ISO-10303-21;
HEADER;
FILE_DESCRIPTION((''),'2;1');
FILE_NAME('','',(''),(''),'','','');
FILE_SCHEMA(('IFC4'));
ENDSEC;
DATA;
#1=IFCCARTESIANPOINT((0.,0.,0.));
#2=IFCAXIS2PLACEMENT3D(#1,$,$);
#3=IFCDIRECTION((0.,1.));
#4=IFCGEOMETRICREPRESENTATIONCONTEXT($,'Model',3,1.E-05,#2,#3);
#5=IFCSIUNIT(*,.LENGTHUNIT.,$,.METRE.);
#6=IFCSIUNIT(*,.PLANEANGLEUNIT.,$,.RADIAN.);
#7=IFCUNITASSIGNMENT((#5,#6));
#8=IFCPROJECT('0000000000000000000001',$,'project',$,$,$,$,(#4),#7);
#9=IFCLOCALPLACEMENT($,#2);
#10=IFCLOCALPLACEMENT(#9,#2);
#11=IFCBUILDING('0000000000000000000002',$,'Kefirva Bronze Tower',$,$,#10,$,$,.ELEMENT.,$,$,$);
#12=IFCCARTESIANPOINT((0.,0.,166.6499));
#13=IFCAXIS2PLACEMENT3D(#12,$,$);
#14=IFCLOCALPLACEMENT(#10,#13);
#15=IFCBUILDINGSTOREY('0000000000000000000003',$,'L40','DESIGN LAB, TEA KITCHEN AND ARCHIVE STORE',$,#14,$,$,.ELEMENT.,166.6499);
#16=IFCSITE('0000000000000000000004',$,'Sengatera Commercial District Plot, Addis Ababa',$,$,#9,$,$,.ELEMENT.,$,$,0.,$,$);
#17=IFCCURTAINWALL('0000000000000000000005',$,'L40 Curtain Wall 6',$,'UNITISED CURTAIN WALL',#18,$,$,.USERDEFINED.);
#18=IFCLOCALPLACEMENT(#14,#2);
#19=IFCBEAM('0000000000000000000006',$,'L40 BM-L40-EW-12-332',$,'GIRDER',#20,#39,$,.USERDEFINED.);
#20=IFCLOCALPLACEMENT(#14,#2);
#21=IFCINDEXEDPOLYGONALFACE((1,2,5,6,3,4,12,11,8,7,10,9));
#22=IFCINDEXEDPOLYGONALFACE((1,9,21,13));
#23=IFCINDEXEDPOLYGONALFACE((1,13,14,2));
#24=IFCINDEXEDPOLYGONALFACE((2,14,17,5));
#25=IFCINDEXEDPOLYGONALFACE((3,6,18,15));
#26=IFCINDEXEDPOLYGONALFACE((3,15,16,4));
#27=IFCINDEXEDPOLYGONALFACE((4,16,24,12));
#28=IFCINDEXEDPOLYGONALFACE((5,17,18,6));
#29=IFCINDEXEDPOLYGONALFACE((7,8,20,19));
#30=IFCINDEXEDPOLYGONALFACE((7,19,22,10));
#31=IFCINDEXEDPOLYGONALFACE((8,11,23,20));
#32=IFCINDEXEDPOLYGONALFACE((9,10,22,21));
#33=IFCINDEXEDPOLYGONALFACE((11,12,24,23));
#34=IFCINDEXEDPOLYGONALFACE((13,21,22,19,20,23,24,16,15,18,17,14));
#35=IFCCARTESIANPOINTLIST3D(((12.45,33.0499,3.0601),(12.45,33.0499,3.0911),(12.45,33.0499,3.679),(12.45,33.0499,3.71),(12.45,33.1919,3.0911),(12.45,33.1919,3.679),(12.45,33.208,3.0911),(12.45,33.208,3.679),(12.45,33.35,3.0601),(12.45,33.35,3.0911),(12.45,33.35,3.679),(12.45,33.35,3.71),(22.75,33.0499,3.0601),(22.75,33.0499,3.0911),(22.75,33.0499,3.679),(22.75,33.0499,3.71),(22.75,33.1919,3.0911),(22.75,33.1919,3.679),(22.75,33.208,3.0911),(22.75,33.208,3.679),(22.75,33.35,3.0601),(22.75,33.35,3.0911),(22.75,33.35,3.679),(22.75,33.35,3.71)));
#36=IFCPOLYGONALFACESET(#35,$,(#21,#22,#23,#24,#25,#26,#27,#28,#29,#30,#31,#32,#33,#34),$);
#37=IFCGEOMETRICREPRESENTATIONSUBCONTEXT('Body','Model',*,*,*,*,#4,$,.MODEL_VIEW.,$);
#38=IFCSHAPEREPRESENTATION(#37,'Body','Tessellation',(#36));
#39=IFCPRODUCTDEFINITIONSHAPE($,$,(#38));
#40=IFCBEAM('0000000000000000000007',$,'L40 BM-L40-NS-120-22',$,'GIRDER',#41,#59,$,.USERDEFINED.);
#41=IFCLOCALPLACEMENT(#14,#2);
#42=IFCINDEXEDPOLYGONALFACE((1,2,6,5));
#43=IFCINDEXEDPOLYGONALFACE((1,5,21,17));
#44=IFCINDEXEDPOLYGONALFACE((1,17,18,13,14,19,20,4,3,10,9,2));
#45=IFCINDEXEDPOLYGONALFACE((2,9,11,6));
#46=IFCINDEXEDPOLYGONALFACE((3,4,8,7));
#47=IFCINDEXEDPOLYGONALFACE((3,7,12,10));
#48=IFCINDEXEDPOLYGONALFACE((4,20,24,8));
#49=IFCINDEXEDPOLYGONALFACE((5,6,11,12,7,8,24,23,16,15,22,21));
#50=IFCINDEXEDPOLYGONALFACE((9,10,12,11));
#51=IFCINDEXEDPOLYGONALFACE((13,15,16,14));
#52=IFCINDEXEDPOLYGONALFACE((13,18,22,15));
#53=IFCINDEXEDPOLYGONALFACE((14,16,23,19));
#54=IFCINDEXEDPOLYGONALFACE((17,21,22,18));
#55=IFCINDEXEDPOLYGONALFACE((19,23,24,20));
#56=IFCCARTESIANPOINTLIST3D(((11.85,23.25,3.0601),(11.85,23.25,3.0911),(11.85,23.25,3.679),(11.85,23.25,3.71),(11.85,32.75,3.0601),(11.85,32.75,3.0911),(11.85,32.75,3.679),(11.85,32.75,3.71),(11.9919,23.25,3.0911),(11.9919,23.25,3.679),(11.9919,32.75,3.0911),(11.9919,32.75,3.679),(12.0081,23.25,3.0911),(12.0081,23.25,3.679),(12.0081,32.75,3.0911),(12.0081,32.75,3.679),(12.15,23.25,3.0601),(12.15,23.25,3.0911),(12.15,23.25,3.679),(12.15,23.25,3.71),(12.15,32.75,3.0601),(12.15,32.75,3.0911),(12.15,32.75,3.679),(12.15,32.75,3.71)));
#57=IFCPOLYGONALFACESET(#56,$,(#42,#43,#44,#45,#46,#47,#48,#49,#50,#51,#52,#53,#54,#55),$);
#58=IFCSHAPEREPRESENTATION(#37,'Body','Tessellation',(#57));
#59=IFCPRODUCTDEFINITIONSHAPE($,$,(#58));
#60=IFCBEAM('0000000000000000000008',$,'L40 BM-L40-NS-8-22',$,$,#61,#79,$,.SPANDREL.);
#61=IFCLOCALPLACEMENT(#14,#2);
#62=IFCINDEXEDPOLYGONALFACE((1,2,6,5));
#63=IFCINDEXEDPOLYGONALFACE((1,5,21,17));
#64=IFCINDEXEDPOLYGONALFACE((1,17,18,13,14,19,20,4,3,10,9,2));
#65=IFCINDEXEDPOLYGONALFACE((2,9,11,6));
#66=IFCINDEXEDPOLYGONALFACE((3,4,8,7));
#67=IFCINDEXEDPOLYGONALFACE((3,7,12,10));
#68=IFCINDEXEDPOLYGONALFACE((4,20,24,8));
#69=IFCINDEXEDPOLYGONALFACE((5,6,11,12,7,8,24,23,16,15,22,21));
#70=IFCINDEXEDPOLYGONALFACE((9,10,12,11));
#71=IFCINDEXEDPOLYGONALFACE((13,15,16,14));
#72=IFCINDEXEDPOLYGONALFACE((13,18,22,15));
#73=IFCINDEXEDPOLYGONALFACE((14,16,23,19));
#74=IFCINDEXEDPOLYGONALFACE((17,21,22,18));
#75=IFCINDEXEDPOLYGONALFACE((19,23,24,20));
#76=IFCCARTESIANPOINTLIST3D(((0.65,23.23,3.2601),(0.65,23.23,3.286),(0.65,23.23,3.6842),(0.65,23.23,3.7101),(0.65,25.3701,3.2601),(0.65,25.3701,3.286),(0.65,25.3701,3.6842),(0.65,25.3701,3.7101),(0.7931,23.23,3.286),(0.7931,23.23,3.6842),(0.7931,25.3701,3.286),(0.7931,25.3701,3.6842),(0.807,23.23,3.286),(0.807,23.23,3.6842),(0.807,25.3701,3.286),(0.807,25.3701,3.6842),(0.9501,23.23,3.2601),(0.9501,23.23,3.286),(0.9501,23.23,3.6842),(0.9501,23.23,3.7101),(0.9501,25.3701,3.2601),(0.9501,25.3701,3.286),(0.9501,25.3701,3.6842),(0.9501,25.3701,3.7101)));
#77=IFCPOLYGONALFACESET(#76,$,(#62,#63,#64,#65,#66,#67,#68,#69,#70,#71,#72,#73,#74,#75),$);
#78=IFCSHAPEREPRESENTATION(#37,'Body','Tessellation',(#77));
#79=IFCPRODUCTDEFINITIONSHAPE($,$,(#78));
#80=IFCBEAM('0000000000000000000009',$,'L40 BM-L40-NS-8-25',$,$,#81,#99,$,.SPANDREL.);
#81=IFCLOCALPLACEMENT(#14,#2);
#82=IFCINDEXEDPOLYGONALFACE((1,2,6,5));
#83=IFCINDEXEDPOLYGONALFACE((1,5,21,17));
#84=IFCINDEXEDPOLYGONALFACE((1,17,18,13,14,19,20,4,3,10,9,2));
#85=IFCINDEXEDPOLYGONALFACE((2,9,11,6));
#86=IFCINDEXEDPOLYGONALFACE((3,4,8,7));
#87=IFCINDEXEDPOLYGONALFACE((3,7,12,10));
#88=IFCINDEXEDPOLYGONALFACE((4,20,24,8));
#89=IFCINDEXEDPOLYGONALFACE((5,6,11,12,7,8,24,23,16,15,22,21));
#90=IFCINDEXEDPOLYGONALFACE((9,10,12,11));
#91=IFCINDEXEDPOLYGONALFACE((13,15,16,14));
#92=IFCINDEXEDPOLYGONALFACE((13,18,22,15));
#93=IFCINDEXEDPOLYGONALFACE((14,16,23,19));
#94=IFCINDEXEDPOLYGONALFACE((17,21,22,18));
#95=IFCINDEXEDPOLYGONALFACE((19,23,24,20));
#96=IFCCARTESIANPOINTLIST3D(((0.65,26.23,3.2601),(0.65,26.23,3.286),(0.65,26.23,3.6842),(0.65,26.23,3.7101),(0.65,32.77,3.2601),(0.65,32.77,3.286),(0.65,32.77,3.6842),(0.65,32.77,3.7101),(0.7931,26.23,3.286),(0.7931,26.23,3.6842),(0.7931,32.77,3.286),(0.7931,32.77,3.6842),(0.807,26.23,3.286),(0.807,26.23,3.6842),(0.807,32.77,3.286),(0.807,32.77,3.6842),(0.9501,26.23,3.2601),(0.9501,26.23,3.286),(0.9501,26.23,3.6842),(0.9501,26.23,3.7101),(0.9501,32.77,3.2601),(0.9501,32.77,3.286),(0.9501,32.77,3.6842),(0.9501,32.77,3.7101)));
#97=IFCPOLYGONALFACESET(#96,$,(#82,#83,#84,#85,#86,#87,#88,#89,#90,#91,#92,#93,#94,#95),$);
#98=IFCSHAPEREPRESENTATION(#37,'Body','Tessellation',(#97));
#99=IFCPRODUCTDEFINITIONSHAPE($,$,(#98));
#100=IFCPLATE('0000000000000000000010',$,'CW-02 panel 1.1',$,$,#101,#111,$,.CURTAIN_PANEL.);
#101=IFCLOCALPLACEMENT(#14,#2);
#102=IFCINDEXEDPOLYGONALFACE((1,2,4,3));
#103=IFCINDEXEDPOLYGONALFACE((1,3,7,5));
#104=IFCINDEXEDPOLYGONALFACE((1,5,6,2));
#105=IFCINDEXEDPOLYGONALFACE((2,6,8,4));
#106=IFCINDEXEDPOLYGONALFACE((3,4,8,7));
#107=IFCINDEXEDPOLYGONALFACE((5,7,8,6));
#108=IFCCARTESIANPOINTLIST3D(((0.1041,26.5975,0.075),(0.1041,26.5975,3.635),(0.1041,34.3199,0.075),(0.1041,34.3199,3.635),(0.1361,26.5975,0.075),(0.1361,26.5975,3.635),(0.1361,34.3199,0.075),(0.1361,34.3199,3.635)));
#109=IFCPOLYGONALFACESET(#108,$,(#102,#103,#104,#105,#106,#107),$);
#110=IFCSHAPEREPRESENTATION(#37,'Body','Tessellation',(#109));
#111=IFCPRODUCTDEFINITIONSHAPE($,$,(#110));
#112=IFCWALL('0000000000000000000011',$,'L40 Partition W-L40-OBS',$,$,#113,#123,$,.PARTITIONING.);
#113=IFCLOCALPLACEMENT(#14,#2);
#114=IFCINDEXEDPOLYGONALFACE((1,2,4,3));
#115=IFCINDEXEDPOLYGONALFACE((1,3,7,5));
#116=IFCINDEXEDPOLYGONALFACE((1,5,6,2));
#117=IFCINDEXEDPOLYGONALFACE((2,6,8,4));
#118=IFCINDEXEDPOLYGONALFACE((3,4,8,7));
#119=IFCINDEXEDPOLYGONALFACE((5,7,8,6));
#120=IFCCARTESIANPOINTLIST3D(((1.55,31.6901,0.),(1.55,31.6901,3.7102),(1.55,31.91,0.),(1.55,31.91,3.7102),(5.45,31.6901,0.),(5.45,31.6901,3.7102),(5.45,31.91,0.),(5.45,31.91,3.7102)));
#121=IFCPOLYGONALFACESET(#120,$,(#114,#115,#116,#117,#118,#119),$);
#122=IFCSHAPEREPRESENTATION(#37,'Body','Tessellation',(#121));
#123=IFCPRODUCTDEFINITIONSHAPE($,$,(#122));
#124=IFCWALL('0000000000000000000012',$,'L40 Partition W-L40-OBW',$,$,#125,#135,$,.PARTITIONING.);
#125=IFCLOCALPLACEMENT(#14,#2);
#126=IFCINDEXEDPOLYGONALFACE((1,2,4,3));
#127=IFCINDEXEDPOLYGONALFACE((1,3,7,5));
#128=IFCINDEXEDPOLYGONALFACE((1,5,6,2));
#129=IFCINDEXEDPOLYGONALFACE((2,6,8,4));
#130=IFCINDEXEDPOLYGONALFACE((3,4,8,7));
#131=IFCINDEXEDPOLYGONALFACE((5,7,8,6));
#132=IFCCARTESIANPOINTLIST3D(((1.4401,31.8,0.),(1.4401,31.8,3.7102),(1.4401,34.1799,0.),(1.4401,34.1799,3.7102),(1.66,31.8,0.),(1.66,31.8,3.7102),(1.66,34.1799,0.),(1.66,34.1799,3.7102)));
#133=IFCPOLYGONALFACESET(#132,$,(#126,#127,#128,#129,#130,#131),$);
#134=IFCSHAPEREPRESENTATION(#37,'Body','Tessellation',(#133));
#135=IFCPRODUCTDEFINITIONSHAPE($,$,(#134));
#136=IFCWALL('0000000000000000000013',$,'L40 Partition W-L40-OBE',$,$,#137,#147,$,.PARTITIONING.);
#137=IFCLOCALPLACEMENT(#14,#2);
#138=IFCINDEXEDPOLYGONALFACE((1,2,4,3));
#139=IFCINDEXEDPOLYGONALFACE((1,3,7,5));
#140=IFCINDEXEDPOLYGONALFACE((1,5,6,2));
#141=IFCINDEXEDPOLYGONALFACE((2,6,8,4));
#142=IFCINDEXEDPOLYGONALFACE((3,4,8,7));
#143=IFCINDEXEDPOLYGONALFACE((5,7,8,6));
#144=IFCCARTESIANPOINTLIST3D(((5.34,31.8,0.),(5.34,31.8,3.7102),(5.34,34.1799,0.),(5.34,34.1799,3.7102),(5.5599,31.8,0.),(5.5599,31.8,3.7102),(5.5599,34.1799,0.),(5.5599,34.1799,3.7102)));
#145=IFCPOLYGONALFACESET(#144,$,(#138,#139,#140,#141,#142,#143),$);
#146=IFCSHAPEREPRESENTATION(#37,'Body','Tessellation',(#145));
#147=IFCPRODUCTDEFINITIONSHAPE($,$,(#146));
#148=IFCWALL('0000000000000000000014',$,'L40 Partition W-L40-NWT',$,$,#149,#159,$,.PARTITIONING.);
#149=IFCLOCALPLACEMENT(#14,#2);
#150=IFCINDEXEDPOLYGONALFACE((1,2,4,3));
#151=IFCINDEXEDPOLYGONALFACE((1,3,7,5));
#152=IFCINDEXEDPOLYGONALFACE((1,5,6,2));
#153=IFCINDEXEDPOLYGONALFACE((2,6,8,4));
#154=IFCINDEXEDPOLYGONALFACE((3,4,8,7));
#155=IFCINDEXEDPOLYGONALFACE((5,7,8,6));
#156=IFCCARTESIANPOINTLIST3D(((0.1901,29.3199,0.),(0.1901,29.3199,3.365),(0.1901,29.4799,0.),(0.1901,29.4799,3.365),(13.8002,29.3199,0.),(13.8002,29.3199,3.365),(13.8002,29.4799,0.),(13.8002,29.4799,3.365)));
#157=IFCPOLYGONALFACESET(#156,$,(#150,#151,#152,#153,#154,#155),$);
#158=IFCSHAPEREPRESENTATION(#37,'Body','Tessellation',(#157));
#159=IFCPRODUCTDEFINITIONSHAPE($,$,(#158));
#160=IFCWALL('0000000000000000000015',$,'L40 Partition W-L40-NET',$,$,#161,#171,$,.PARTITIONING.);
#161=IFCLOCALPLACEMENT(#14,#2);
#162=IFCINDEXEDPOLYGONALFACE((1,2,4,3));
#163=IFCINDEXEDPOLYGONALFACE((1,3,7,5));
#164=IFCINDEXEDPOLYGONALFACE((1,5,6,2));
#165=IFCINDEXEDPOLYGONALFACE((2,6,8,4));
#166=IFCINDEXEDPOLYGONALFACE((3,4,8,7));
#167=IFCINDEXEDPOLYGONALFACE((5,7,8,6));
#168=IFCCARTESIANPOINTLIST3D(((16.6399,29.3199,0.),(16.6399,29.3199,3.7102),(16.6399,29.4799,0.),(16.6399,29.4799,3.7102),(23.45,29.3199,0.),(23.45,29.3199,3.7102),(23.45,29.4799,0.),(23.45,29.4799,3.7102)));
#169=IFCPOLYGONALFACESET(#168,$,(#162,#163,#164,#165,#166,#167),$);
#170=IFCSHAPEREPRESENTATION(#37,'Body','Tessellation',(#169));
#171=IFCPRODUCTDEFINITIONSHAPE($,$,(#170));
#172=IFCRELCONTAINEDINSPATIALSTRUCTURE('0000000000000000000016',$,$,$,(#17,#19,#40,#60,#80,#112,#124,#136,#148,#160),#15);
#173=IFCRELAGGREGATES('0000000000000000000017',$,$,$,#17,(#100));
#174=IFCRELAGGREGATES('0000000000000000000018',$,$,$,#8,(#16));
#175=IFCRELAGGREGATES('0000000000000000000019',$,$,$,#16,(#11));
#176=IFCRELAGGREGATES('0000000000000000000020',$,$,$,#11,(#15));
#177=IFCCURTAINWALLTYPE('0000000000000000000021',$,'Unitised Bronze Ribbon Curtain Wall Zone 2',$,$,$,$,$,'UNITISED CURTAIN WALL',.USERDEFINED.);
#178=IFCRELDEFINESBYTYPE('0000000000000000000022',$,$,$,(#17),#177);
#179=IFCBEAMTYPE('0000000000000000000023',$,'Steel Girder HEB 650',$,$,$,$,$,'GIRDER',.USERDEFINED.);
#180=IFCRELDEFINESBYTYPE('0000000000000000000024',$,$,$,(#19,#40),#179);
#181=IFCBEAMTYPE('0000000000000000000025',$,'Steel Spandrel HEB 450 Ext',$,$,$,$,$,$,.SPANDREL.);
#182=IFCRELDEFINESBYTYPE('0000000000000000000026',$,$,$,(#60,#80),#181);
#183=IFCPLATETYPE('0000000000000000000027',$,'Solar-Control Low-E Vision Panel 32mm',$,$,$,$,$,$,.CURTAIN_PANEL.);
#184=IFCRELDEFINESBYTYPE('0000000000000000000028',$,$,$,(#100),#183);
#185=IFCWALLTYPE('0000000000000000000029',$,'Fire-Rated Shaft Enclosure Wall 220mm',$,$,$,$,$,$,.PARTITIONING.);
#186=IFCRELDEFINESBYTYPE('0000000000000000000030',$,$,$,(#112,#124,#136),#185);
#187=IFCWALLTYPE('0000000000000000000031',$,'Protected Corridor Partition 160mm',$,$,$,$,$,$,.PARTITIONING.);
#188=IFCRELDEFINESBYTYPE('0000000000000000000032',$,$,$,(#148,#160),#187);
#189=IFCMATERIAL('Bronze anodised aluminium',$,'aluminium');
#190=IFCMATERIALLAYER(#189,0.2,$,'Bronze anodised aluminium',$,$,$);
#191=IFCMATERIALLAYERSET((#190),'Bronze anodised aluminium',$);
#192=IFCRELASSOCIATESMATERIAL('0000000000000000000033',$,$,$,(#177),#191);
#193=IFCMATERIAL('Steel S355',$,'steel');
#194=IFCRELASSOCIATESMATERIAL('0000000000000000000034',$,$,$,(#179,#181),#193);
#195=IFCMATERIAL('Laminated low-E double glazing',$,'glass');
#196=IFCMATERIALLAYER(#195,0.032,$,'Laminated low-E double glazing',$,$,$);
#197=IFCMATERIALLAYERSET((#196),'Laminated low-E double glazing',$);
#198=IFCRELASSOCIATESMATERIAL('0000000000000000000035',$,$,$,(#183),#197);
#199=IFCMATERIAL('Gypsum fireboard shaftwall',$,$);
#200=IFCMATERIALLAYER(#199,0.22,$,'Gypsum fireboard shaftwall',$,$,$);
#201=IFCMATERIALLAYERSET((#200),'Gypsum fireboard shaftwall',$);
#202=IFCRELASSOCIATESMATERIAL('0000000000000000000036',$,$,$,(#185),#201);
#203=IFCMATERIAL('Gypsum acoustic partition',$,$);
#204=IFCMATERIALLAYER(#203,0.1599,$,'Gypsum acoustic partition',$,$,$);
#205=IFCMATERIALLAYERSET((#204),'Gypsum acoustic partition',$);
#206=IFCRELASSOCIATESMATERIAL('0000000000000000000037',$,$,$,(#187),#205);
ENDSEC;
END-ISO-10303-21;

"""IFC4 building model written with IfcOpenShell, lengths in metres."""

from ifc_helpers import new_model, si_unit, direction, frame, frame_2d, origin, origin_2d, place, context, subcontext, project, spatial, rectangle, i_section, extrude, material, layer, layer_set, material_profile, profile_set, type_object, element, aggregate, save


model = new_model("IFC4")

# Units and contexts
model_context = context("Model", 3, precision=1e-05, world=origin(), true_north=direction((0.0, 1.0)))
body_context = subcontext(model_context, "Body", "Model", "MODEL_VIEW")
ifc_project = project(units=[si_unit("LENGTHUNIT", "METRE"), si_unit("PLANEANGLEUNIT", "RADIAN")], contexts=[model_context])

# Site, building, storey
site_placement = place(None, origin())
site = spatial("IfcSite", under=ifc_project, at=site_placement, Name="Sengatera Commercial District Plot, Addis Ababa", CompositionType="ELEMENT", RefElevation=0.0)
building_placement = place(site_placement, origin())
building = spatial("IfcBuilding", under=site, at=building_placement, Name="Kefirva Bronze Tower", CompositionType="ELEMENT")
storey_placement = place(building_placement, frame((0.0, 0.0, 166.6499)))
storey = spatial("IfcBuildingStorey", under=building, at=storey_placement, Name="L40", Description="DESIGN LAB, TEA KITCHEN AND ARCHIVE STORE", CompositionType="ELEMENT", Elevation=166.6499)

# Curtain wall
ifc_material_1 = material(Name="Bronze anodised aluminium", Category="aluminium")
ifc_layer_1 = layer(ifc_material_1, 0.2, Name="Bronze anodised aluminium")
ifc_layer_set_1 = layer_set([ifc_layer_1], Name="Bronze anodised aluminium")
curtain_wall_type = type_object("IfcCurtainWallType", Name="Unitised Bronze Ribbon Curtain Wall Zone 2", ElementType="UNITISED CURTAIN WALL", PredefinedType="USERDEFINED", material=ifc_layer_set_1)
curtain_wall_placement = place(storey_placement, origin())
curtain_wall = element("IfcCurtainWall", 1, at=curtain_wall_placement, inside=storey, type_object=curtain_wall_type, Name="L40 Curtain Wall 6", ObjectType="UNITISED CURTAIN WALL", PredefinedType="USERDEFINED")

# Beams
ifc_material_2 = material(Name="Steel S355", Category="steel")
ifc_material_profile_1 = material_profile(ifc_material_2, i_section(OverallWidth=0.3, OverallDepth=0.6499, WebThickness=0.0161, FlangeThickness=0.031, at=origin_2d()), Name="HEB 650")
ifc_profile_set_1 = profile_set([ifc_material_profile_1], Name="Steel S355")
beam_type_1 = type_object("IfcBeamType", Name="Steel Girder HEB 650", ElementType="GIRDER", PredefinedType="USERDEFINED", material=ifc_profile_set_1)
beam_1_placement = place(storey_placement, frame((12.45, 33.2, 3.385), z_axis=(1.0, 0.0, 0.0), x_axis=(0.0, 1.0, 0.0)))
element("IfcBeam", 2, at=beam_1_placement, inside=storey, type_object=beam_type_1, Name="L40 BM-L40-EW-12-332", ObjectType="GIRDER", PredefinedType="USERDEFINED", context=body_context, shape_type="SweptSolid", body=[
    extrude(i_section(OverallWidth=0.3, OverallDepth=0.6499, WebThickness=0.0161, FlangeThickness=0.031, at=origin_2d()), origin(), (0.0, 0.0, 1.0), 10.3),
])
beam_2_placement = place(storey_placement, frame((12.0, 23.25, 3.385), z_axis=(0.0, 1.0, 0.0), x_axis=(-1.0, 0.0, 0.0)))
element("IfcBeam", 3, at=beam_2_placement, inside=storey, type_object=beam_type_1, Name="L40 BM-L40-NS-120-22", ObjectType="GIRDER", PredefinedType="USERDEFINED", context=body_context, shape_type="SweptSolid", body=[
    extrude(i_section(OverallWidth=0.3, OverallDepth=0.6499, WebThickness=0.0161, FlangeThickness=0.031, at=origin_2d()), origin(), (0.0, 0.0, 1.0), 9.5),
])
ifc_material_profile_2 = material_profile(ifc_material_2, i_section(OverallWidth=0.3, OverallDepth=0.45, WebThickness=0.0139, FlangeThickness=0.0259, at=origin_2d()), Name="HEB 450")
ifc_profile_set_2 = profile_set([ifc_material_profile_2], Name="Steel S355")
beam_type_2 = type_object("IfcBeamType", Name="Steel Spandrel HEB 450 Ext", PredefinedType="SPANDREL", material=ifc_profile_set_2)
beam_3_placement = place(storey_placement, frame((0.8, 23.23, 3.4851), z_axis=(0.0, 1.0, 0.0), x_axis=(-1.0, 0.0, 0.0)))
element("IfcBeam", 4, at=beam_3_placement, inside=storey, type_object=beam_type_2, Name="L40 BM-L40-NS-8-22", PredefinedType="SPANDREL", context=body_context, shape_type="SweptSolid", body=[
    extrude(i_section(OverallWidth=0.3, OverallDepth=0.45, WebThickness=0.0139, FlangeThickness=0.0259, at=origin_2d()), origin(), (0.0, 0.0, 1.0), 2.1401),
])
beam_4_placement = place(storey_placement, frame((0.8, 26.23, 3.4851), z_axis=(0.0, 1.0, 0.0), x_axis=(-1.0, 0.0, 0.0)))
element("IfcBeam", 5, at=beam_4_placement, inside=storey, type_object=beam_type_2, Name="L40 BM-L40-NS-8-25", PredefinedType="SPANDREL", context=body_context, shape_type="SweptSolid", body=[
    extrude(i_section(OverallWidth=0.3, OverallDepth=0.45, WebThickness=0.0139, FlangeThickness=0.0259, at=origin_2d()), origin(), (0.0, 0.0, 1.0), 6.54),
])

# Plate
ifc_material_3 = material(Name="Laminated low-E double glazing", Category="glass")
ifc_layer_2 = layer(ifc_material_3, 0.032, Name="Laminated low-E double glazing")
ifc_layer_set_2 = layer_set([ifc_layer_2], Name="Laminated low-E double glazing")
plate_type = type_object("IfcPlateType", Name="Solar-Control Low-E Vision Panel 32mm", PredefinedType="CURTAIN_PANEL", material=ifc_layer_set_2)
plate_placement = place(storey_placement, frame((0.1201, 30.4587, 0.075), z_axis=(0.0, 0.0, 1.0), x_axis=(0.0, -1.0, 0.0)))
plate = element("IfcPlate", 6, at=plate_placement, type_object=plate_type, Name="CW-02 panel 1.1", PredefinedType="CURTAIN_PANEL", context=body_context, shape_type="SweptSolid", body=[
    extrude(rectangle(XDim=7.7224, YDim=0.032, at=origin_2d()), origin(), (0.0, 0.0, 1.0), 3.5601),
])
aggregate(curtain_wall, [plate])

# Walls
ifc_material_4 = material(Name="Gypsum fireboard shaftwall")
ifc_layer_3 = layer(ifc_material_4, 0.22, Name="Gypsum fireboard shaftwall")
ifc_layer_set_3 = layer_set([ifc_layer_3], Name="Gypsum fireboard shaftwall")
wall_type_1 = type_object("IfcWallType", Name="Fire-Rated Shaft Enclosure Wall 220mm", PredefinedType="PARTITIONING", material=ifc_layer_set_3)
wall_1_placement = place(storey_placement, frame((1.55, 31.8, 0.0), z_axis=(0.0, 0.0, 1.0), x_axis=(1.0, 0.0, 0.0)))
element("IfcWall", 7, at=wall_1_placement, inside=storey, type_object=wall_type_1, Name="L40 Partition W-L40-OBS", PredefinedType="PARTITIONING", context=body_context, shape_type="SweptSolid", body=[
    extrude(rectangle(XDim=3.8999, YDim=0.22, at=frame_2d((1.95, 0.0))), origin(), (0.0, 0.0, 1.0), 3.7102),
])
for number, where, z_axis, x_axis, name in (
    (8, (1.55, 31.8, 0.0), (0.0, 0.0, 1.0), (0.0, 1.0, 0.0), "L40 Partition W-L40-OBW"),
    (9, (5.45, 31.8, 0.0), (0.0, 0.0, 1.0), (0.0, 1.0, 0.0), "L40 Partition W-L40-OBE"),
):
    element("IfcWall", number, at=place(storey_placement, frame(where, z_axis=z_axis, x_axis=x_axis)), inside=storey, type_object=wall_type_1, Name=name, PredefinedType="PARTITIONING", context=body_context, shape_type="SweptSolid", body=[
        extrude(rectangle(XDim=2.3799, YDim=0.22, at=frame_2d((1.1899, 0.0))), origin(), (0.0, 0.0, 1.0), 3.7102),
    ])
ifc_material_5 = material(Name="Gypsum acoustic partition")
ifc_layer_4 = layer(ifc_material_5, 0.1599, Name="Gypsum acoustic partition")
ifc_layer_set_4 = layer_set([ifc_layer_4], Name="Gypsum acoustic partition")
wall_type_2 = type_object("IfcWallType", Name="Protected Corridor Partition 160mm", PredefinedType="PARTITIONING", material=ifc_layer_set_4)
wall_2_placement = place(storey_placement, frame((0.1899, 29.3999, 0.0), z_axis=(0.0, 0.0, 1.0), x_axis=(1.0, 0.0, 0.0)))
element("IfcWall", 10, at=wall_2_placement, inside=storey, type_object=wall_type_2, Name="L40 Partition W-L40-NWT", PredefinedType="PARTITIONING", context=body_context, shape_type="SweptSolid", body=[
    extrude(rectangle(XDim=13.6101, YDim=0.1599, at=frame_2d((6.8052, 0.0))), origin(), (0.0, 0.0, 1.0), 3.365),
])
wall_3_placement = place(storey_placement, frame((16.6399, 29.3999, 0.0), z_axis=(0.0, 0.0, 1.0), x_axis=(1.0, 0.0, 0.0)))
element("IfcWall", 11, at=wall_3_placement, inside=storey, type_object=wall_type_2, Name="L40 Partition W-L40-NET", PredefinedType="PARTITIONING", context=body_context, shape_type="SweptSolid", body=[
    extrude(rectangle(XDim=6.8101, YDim=0.1599, at=frame_2d((3.405, 0.0))), origin(), (0.0, 0.0, 1.0), 3.7102),
])

save(model, "model.ifc")
